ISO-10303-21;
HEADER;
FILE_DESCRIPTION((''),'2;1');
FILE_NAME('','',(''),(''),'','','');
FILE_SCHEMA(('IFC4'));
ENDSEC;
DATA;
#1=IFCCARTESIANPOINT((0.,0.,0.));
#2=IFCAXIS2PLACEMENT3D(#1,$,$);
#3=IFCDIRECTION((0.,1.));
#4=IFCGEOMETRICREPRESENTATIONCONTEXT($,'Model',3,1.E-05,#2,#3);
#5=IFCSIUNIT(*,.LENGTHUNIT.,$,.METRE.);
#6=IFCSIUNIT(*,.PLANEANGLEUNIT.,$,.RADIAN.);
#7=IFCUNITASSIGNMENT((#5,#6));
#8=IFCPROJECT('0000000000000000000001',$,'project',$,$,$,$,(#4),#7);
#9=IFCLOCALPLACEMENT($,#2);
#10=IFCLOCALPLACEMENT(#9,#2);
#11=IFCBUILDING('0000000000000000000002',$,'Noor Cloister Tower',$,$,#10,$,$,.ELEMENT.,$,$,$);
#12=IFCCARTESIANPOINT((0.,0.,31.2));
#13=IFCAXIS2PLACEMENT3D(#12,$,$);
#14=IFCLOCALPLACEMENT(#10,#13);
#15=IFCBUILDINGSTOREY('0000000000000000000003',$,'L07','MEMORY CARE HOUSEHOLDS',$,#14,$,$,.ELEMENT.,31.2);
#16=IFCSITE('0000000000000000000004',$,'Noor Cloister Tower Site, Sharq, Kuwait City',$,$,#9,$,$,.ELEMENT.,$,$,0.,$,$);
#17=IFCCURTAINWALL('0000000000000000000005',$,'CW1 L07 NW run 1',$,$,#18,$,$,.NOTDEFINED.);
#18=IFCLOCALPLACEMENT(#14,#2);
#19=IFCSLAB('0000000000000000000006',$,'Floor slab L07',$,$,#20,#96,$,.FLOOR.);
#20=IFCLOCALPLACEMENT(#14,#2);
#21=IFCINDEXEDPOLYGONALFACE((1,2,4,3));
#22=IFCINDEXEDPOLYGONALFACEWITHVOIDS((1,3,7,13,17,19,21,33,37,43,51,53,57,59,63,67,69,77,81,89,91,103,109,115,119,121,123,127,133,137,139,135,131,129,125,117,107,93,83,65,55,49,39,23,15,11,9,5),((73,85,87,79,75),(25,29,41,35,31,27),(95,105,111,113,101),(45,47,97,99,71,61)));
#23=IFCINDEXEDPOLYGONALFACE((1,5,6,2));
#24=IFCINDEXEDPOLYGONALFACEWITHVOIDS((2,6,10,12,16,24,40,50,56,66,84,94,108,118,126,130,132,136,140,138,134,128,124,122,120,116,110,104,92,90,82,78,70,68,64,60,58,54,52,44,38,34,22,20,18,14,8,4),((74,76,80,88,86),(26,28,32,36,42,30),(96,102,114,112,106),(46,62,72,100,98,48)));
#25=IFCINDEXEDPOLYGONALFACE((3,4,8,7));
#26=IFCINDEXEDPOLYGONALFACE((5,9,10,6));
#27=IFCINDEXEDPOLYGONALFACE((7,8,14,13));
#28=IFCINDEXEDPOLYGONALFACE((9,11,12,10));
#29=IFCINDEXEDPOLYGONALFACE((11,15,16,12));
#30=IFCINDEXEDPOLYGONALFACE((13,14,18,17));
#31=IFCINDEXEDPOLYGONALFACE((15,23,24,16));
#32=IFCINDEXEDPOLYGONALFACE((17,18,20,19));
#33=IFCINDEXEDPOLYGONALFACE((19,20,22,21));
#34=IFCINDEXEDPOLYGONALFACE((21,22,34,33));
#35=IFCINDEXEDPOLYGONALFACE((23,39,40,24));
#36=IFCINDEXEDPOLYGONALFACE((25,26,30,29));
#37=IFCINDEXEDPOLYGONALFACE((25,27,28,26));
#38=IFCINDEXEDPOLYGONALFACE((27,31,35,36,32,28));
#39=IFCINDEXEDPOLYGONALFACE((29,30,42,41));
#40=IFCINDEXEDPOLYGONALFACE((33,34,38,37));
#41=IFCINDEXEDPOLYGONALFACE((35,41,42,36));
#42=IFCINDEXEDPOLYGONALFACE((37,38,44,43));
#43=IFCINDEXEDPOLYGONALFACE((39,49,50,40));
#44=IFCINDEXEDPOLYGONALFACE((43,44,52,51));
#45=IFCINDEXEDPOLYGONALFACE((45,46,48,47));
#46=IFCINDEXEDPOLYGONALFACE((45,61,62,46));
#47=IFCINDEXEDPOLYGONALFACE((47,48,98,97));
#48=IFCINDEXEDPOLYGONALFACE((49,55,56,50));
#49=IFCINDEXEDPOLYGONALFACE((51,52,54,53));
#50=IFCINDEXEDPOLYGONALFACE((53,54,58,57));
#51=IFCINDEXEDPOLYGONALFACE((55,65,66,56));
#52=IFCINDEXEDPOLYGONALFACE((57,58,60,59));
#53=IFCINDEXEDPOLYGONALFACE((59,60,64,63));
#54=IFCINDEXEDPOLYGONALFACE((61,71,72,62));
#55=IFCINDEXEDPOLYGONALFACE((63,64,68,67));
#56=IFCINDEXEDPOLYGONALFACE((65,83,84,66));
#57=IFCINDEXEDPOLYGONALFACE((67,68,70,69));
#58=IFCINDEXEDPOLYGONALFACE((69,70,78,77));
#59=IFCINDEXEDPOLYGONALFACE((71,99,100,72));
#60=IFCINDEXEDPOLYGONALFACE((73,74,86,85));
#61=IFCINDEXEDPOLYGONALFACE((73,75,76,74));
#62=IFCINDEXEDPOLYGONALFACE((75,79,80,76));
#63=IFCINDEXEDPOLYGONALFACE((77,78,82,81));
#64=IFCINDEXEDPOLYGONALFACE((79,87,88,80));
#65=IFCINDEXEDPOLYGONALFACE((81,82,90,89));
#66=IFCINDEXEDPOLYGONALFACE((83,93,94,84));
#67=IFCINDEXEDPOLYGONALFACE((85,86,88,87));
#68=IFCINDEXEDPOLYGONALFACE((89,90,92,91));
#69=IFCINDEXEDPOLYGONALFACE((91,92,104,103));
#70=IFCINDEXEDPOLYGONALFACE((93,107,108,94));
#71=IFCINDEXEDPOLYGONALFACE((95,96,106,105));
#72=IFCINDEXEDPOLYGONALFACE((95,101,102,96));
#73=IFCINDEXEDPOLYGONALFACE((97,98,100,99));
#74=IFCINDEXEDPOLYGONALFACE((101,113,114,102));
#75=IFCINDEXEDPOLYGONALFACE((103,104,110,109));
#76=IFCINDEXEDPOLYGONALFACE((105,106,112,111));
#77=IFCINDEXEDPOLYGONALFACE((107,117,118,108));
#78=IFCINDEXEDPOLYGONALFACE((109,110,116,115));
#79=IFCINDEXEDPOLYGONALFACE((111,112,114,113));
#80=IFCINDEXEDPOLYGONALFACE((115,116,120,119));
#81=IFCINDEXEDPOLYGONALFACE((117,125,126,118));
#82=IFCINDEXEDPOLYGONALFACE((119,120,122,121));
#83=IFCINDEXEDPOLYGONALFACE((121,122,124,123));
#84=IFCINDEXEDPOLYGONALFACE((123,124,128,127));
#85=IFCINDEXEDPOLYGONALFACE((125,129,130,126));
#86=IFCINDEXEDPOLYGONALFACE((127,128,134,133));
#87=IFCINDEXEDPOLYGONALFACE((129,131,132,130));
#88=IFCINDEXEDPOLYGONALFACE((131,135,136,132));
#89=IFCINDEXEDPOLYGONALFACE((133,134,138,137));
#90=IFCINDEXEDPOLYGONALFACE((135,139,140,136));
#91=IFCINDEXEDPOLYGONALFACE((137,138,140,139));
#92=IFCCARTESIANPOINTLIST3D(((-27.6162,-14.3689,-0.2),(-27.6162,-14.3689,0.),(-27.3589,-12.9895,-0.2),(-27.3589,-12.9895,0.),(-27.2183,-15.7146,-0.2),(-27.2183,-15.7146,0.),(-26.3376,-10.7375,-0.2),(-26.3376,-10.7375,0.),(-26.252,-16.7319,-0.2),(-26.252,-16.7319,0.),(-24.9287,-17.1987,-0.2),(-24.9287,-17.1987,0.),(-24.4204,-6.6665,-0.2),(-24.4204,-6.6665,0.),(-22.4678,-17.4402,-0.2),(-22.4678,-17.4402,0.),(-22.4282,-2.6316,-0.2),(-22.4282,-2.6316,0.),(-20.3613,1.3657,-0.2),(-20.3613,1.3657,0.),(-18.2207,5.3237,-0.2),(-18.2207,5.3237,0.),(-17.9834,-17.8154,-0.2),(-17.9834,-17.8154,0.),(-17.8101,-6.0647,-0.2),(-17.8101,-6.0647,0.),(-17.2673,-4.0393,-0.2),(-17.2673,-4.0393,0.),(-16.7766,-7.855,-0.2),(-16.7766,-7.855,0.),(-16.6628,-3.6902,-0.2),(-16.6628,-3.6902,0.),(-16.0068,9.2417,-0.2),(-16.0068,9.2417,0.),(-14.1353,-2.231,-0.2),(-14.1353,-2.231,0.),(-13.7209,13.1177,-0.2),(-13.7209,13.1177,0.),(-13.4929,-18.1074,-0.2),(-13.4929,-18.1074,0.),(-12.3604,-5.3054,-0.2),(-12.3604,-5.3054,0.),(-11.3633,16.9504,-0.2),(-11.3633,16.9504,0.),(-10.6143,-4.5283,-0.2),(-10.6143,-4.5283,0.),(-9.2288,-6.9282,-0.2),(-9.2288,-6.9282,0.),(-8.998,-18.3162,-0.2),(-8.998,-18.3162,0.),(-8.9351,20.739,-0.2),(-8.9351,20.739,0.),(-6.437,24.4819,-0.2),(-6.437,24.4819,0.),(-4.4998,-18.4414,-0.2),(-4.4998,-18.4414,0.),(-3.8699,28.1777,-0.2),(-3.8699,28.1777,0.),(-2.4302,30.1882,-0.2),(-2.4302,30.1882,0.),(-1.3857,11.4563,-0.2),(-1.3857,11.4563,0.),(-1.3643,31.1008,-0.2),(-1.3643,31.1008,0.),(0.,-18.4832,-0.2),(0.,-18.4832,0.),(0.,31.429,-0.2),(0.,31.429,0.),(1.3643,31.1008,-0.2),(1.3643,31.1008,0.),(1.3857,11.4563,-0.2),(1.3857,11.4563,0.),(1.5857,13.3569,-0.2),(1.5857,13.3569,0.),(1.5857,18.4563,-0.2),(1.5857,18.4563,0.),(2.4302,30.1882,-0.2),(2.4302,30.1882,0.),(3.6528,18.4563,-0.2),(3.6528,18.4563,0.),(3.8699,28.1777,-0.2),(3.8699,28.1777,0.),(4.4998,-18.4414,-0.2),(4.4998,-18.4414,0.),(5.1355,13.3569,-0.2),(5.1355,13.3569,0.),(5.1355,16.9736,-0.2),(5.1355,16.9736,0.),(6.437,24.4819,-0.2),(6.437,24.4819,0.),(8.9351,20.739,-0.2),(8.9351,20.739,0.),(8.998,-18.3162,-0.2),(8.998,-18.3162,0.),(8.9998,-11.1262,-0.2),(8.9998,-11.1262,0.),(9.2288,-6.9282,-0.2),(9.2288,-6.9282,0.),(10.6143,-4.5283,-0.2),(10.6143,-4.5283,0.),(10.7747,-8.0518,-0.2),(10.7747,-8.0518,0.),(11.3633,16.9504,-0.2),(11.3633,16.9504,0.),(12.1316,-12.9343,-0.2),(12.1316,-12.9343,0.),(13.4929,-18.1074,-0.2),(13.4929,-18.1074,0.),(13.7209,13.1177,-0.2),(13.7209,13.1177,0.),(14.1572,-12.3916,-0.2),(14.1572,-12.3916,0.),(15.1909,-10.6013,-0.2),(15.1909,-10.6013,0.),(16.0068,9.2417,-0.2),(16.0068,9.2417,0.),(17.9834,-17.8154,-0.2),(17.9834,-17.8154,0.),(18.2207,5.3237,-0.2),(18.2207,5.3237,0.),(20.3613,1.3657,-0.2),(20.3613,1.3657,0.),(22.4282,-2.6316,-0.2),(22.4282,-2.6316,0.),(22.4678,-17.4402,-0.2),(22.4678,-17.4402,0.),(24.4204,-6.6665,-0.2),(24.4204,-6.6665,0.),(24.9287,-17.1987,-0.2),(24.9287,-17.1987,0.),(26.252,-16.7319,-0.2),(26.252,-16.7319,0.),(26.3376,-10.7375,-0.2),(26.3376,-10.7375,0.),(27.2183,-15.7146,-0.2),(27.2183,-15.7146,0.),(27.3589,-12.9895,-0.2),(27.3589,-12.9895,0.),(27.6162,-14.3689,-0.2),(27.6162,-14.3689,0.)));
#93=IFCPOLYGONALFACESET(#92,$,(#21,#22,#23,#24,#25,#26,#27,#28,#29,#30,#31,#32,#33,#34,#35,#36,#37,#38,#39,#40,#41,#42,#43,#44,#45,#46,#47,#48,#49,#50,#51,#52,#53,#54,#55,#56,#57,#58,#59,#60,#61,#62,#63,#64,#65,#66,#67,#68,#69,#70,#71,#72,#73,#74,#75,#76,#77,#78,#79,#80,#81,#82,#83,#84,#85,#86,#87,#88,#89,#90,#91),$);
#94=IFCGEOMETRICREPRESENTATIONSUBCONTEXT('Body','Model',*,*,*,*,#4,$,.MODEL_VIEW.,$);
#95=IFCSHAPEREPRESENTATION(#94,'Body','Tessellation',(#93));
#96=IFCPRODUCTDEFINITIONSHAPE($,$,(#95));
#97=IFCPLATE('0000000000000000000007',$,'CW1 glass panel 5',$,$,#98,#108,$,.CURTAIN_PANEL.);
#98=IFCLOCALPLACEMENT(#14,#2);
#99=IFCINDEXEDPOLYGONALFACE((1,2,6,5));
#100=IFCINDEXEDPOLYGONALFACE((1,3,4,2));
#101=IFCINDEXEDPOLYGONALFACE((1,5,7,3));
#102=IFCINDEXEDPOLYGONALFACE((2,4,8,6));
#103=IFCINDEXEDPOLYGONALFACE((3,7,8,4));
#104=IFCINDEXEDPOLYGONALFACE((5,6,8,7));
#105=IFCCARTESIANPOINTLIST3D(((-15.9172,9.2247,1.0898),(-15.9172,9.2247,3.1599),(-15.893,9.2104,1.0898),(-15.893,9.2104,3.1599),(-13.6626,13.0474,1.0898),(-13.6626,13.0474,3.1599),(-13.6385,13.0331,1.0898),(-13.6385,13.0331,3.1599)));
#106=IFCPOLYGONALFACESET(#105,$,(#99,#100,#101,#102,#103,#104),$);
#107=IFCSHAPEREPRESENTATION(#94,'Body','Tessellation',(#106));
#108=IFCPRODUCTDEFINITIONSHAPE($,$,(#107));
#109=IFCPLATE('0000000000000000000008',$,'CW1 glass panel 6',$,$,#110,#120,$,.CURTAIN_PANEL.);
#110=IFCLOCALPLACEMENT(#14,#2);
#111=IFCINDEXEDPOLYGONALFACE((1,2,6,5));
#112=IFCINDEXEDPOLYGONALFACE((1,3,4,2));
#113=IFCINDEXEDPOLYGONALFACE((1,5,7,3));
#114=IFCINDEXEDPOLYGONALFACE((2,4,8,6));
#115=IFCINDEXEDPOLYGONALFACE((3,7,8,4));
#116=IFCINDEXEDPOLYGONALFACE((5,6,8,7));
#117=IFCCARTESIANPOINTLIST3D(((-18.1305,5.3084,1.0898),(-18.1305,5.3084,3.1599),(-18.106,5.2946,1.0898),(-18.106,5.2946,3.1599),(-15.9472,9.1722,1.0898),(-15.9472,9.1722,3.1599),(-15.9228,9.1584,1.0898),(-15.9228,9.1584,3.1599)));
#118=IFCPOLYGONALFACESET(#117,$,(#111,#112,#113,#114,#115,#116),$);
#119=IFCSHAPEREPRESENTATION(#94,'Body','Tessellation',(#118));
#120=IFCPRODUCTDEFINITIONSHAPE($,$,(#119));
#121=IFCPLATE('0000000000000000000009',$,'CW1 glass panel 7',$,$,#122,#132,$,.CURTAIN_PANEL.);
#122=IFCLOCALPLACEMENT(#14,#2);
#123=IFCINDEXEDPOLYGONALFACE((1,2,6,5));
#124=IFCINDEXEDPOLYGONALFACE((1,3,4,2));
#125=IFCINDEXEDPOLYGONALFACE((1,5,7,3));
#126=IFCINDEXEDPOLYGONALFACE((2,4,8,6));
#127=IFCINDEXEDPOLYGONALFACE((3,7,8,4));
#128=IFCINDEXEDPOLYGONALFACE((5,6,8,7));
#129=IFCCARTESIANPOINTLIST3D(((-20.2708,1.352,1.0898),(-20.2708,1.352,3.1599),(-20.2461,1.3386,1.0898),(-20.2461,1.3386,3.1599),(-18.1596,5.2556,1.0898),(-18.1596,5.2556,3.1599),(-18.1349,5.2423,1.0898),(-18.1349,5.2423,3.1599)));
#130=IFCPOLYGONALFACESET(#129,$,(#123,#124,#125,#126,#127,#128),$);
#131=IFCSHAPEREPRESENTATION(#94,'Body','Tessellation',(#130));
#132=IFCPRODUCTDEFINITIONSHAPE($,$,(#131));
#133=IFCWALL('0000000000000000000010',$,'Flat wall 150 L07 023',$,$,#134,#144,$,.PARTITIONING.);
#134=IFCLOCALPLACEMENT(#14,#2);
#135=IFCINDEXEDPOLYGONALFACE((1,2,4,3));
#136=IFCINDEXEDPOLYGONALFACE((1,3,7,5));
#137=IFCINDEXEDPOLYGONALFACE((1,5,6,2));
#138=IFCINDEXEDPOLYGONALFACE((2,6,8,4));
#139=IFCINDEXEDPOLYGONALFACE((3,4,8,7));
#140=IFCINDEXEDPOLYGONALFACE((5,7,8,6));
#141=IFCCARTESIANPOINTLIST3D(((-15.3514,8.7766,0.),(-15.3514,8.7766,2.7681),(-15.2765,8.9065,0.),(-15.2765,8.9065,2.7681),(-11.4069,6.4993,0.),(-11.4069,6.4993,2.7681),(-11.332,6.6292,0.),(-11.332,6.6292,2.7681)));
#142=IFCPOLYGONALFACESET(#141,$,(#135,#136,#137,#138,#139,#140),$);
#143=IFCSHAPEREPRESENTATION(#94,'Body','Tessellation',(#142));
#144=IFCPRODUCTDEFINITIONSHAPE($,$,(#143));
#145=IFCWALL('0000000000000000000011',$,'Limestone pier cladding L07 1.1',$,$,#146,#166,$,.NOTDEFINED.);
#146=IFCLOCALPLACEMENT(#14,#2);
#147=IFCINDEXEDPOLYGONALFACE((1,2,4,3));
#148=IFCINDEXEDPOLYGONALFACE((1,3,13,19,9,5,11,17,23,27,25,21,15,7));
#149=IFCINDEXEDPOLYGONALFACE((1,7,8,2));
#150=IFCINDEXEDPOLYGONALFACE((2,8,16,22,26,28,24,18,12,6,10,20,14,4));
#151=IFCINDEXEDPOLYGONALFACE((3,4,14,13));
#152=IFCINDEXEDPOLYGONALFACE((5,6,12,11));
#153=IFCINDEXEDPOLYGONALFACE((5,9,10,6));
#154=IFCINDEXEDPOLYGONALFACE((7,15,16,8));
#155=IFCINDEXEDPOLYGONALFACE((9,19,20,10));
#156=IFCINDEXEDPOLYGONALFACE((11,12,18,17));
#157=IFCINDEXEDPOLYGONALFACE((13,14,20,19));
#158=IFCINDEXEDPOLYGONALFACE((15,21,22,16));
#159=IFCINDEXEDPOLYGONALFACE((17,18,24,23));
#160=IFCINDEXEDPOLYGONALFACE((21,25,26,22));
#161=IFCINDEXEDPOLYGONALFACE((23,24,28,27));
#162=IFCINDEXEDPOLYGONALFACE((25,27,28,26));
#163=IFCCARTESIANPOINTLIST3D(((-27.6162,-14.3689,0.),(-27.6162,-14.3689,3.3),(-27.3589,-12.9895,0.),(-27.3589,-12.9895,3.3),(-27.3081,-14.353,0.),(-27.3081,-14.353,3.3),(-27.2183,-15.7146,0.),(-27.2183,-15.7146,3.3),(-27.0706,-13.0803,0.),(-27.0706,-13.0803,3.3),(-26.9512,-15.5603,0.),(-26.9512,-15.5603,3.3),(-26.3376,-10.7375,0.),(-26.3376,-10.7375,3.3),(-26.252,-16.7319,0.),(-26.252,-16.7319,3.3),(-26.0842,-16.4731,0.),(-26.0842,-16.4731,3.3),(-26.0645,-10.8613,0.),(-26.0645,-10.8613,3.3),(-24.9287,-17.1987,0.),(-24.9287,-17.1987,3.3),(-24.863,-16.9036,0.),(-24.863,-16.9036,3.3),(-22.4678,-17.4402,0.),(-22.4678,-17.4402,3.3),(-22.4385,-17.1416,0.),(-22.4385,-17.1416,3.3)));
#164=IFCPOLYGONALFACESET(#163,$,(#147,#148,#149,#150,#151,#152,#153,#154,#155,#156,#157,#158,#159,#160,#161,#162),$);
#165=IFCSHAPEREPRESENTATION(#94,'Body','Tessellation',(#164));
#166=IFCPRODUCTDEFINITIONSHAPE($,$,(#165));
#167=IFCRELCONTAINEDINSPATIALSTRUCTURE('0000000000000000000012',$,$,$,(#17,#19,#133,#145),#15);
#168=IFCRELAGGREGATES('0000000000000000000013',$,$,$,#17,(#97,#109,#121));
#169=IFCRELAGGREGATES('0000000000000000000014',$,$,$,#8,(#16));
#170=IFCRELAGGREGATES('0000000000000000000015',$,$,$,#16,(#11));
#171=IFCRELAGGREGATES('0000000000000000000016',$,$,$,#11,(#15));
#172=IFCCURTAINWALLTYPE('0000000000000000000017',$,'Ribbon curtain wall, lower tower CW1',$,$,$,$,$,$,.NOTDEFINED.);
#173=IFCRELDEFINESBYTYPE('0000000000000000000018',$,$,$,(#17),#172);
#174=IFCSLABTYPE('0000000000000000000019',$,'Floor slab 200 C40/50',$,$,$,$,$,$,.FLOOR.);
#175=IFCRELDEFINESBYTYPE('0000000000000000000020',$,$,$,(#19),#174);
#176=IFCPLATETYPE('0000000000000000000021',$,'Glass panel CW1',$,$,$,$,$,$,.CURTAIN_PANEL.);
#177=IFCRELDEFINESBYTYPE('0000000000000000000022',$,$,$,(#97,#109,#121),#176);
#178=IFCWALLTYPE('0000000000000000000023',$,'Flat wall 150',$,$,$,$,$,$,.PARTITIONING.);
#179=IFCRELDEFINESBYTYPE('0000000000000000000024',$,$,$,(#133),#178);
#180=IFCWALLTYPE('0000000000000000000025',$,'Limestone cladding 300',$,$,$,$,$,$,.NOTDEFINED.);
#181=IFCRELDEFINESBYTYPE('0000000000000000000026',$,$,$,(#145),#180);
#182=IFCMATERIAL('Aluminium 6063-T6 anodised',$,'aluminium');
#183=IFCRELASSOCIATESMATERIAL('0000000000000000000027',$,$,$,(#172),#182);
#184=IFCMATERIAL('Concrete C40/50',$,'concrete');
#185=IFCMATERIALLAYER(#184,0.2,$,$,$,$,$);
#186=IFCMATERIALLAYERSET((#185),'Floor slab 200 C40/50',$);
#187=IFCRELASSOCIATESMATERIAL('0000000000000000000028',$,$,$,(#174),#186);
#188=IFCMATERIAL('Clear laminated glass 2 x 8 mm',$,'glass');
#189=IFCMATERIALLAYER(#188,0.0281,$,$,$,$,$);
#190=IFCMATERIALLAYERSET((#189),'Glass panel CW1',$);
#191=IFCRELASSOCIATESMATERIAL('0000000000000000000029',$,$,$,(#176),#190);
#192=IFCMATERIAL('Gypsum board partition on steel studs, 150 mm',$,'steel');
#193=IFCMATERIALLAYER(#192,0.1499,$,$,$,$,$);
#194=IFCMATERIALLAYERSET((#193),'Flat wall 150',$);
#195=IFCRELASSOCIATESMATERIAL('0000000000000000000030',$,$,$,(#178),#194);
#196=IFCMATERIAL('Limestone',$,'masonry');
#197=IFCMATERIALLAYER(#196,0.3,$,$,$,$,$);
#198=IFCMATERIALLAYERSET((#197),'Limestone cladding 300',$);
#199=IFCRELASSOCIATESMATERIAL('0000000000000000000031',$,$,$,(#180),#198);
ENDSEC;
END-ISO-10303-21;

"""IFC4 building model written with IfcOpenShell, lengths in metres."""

from ifc_helpers import new_model, si_unit, direction, frame, frame_2d, origin, origin_2d, place, context, subcontext, project, spatial, polyline, rectangle, outline, extrude, material, layer, layer_set, type_object, element, aggregate, save


model = new_model("IFC4")

# Units and contexts
model_context = context("Model", 3, precision=1e-05, world=origin(), true_north=direction((0.0, 1.0)))
body_context = subcontext(model_context, "Body", "Model", "MODEL_VIEW")
ifc_project = project(units=[si_unit("LENGTHUNIT", "METRE"), si_unit("PLANEANGLEUNIT", "RADIAN")], contexts=[model_context])

# Site, building, storey
site_placement = place(None, origin())
site = spatial("IfcSite", under=ifc_project, at=site_placement, Name="Noor Cloister Tower Site, Sharq, Kuwait City", CompositionType="ELEMENT", RefElevation=0.0)
building_placement = place(site_placement, origin())
building = spatial("IfcBuilding", under=site, at=building_placement, Name="Noor Cloister Tower", CompositionType="ELEMENT")
storey_placement = place(building_placement, frame((0.0, 0.0, 31.2)))
storey = spatial("IfcBuildingStorey", under=building, at=storey_placement, Name="L07", Description="MEMORY CARE HOUSEHOLDS", CompositionType="ELEMENT", Elevation=31.2)

# Curtain wall
ifc_material_1 = material(Name="Aluminium 6063-T6 anodised", Category="aluminium")
curtain_wall_type = type_object("IfcCurtainWallType", Name="Ribbon curtain wall, lower tower CW1", PredefinedType="NOTDEFINED", material=ifc_material_1)
curtain_wall_1_placement = place(storey_placement, origin())
curtain_wall_1 = element("IfcCurtainWall", 1, at=curtain_wall_1_placement, inside=storey, type_object=curtain_wall_type, Name="CW1 L07 NW run 1", PredefinedType="NOTDEFINED")

# Slab
ifc_material_2 = material(Name="Concrete C40/50", Category="concrete")
ifc_layer_1 = layer(ifc_material_2, 0.2)
ifc_layer_set_1 = layer_set([ifc_layer_1], Name="Floor slab 200 C40/50")
slab_type = type_object("IfcSlabType", Name="Floor slab 200 C40/50", PredefinedType="FLOOR", material=ifc_layer_set_1)
slab_placement = place(storey_placement, frame((0.0, 0.0, -0.2)))
element("IfcSlab", 2, at=slab_placement, inside=storey, type_object=slab_type, Name="Floor slab L07", PredefinedType="FLOOR", context=body_context, shape_type="SweptSolid", body=[
    extrude(outline(polyline([(2.4302, 30.1882), (1.3643, 31.1008), (0.0, 31.429), (-1.3643, 31.1008), (-2.4302, 30.1882), (-3.8699, 28.1777), (-6.437, 24.4819), (-8.9351, 20.739), (-11.3633, 16.9504), (-13.7209, 13.1177), (-16.0068, 9.2417), (-18.2207, 5.3237), (-20.3613, 1.3657), (-22.4282, -2.6316), (-24.4204, -6.6665), (-26.3376, -10.7375), (-27.3589, -12.9895), (-27.6162, -14.3689), (-27.2183, -15.7146), (-26.252, -16.7319), (-24.9287, -17.1987), (-22.4678, -17.4402), (-17.9834, -17.8154), (-13.4929, -18.1074), (-8.998, -18.3162), (-4.4998, -18.4414), (0.0, -18.4832), (4.4998, -18.4414), (8.998, -18.3162), (13.4929, -18.1074), (17.9834, -17.8154), (22.4678, -17.4402), (24.9287, -17.1987), (26.252, -16.7319), (27.2183, -15.7146), (27.6162, -14.3689), (27.3589, -12.9895), (26.3376, -10.7375), (24.4204, -6.6665), (22.4282, -2.6316), (20.3613, 1.3657), (18.2207, 5.3237), (16.0068, 9.2417), (13.7209, 13.1177), (11.3633, 16.9504), (8.9351, 20.739), (6.437, 24.4819), (3.8699, 28.1777), (2.4302, 30.1882)]), holes=[polyline([(8.9998, -11.1262), (12.1316, -12.9343), (14.1572, -12.3916), (15.1909, -10.6013), (10.7747, -8.0518), (8.9998, -11.1262)]), polyline([(-17.8101, -6.0647), (-16.7766, -7.855), (-12.3604, -5.3054), (-14.1353, -2.231), (-16.6628, -3.6902), (-17.2673, -4.0393), (-17.8101, -6.0647)]), polyline([(-10.6143, -4.5283), (-9.2288, -6.9282), (9.2288, -6.9282), (10.6143, -4.5283), (1.3857, 11.4563), (-1.3857, 11.4563), (-10.6143, -4.5283)]), polyline([(3.6528, 18.4563), (1.5857, 18.4563), (1.5857, 13.3569), (5.1355, 13.3569), (5.1355, 16.9736), (3.6528, 18.4563)])]), origin(), (0.0, 0.0, 1.0), 0.2),
])

# Plates
ifc_material_3 = material(Name="Clear laminated glass 2 x 8 mm", Category="glass")
ifc_layer_2 = layer(ifc_material_3, 0.0281)
ifc_layer_set_2 = layer_set([ifc_layer_2], Name="Glass panel CW1")
plate_type = type_object("IfcPlateType", Name="Glass panel CW1", PredefinedType="CURTAIN_PANEL", material=ifc_layer_set_2)
plate_1_placement = place(storey_placement, frame((-14.7778, 11.1289, 1.0898), z_axis=(0.0, 0.0, 1.0), x_axis=(-0.508012, -0.86135, 0.0)))
plate_1 = element("IfcPlate", 3, at=plate_1_placement, type_object=plate_type, Name="CW1 glass panel 5", PredefinedType="CURTAIN_PANEL", context=body_context, shape_type="SweptSolid", body=[
    extrude(rectangle(XDim=4.438, YDim=0.0281, at=origin_2d()), origin(), (0.0, 0.0, 1.0), 2.0701),
])
plate_2_placement = place(storey_placement, frame((-17.0266, 7.2334, 1.0898), z_axis=(0.0, 0.0, 1.0), x_axis=(-0.491945, -0.870627, 0.0)))
plate_2 = element("IfcPlate", 4, at=plate_2_placement, type_object=plate_type, Name="CW1 glass panel 6", PredefinedType="CURTAIN_PANEL", context=body_context, shape_type="SweptSolid", body=[
    extrude(rectangle(XDim=4.438, YDim=0.0281, at=origin_2d()), origin(), (0.0, 0.0, 1.0), 2.0701),
])
plate_3_placement = place(storey_placement, frame((-19.2029, 3.2971, 1.0898), z_axis=(0.0, 0.0, 1.0), x_axis=(-0.475707, -0.879604, 0.0)))
plate_3 = element("IfcPlate", 5, at=plate_3_placement, type_object=plate_type, Name="CW1 glass panel 7", PredefinedType="CURTAIN_PANEL", context=body_context, shape_type="SweptSolid", body=[
    extrude(rectangle(XDim=4.438, YDim=0.0281, at=origin_2d()), origin(), (0.0, 0.0, 1.0), 2.0701),
])
aggregate(curtain_wall_1, [plate_1, plate_2, plate_3])

# Walls
ifc_material_4 = material(Name="Gypsum board partition on steel studs, 150 mm", Category="steel")
ifc_layer_3 = layer(ifc_material_4, 0.1499)
ifc_layer_set_3 = layer_set([ifc_layer_3], Name="Flat wall 150")
wall_type_1 = type_object("IfcWallType", Name="Flat wall 150", PredefinedType="PARTITIONING", material=ifc_layer_set_3)
wall_1_placement = place(storey_placement, frame((-15.314, 8.8416, 0.0), z_axis=(0.0, 0.0, 1.0), x_axis=(0.866031, -0.49999, 0.0)))
element("IfcWall", 6, at=wall_1_placement, inside=storey, type_object=wall_type_1, Name="Flat wall 150 L07 023", PredefinedType="PARTITIONING", context=body_context, shape_type="SweptSolid", body=[
    extrude(rectangle(XDim=4.5547, YDim=0.1499, at=frame_2d((2.2773, 0.0))), origin(), (0.0, 0.0, 1.0), 2.7681),
])
ifc_material_5 = material(Name="Limestone", Category="masonry")
ifc_layer_4 = layer(ifc_material_5, 0.3)
ifc_layer_set_4 = layer_set([ifc_layer_4], Name="Limestone cladding 300")
wall_type_2 = type_object("IfcWallType", Name="Limestone cladding 300", PredefinedType="NOTDEFINED", material=ifc_layer_set_4)
wall_2_placement = place(storey_placement, origin())
element("IfcWall", 7, at=wall_2_placement, inside=storey, type_object=wall_type_2, Name="Limestone pier cladding L07 1.1", PredefinedType="NOTDEFINED", context=body_context, shape_type="SweptSolid", body=[
    extrude(outline(polyline([(-26.3376, -10.7375), (-27.3589, -12.9895), (-27.6162, -14.3689), (-27.2183, -15.7146), (-26.252, -16.7319), (-24.9287, -17.1987), (-22.4678, -17.4402), (-22.4385, -17.1416), (-24.863, -16.9036), (-26.0842, -16.4731), (-26.9512, -15.5603), (-27.3081, -14.353), (-27.0706, -13.0803), (-26.0645, -10.8613), (-26.3376, -10.7375)])), origin(), (0.0, 0.0, 1.0), 3.3),
])

save(model, "model.ifc")
